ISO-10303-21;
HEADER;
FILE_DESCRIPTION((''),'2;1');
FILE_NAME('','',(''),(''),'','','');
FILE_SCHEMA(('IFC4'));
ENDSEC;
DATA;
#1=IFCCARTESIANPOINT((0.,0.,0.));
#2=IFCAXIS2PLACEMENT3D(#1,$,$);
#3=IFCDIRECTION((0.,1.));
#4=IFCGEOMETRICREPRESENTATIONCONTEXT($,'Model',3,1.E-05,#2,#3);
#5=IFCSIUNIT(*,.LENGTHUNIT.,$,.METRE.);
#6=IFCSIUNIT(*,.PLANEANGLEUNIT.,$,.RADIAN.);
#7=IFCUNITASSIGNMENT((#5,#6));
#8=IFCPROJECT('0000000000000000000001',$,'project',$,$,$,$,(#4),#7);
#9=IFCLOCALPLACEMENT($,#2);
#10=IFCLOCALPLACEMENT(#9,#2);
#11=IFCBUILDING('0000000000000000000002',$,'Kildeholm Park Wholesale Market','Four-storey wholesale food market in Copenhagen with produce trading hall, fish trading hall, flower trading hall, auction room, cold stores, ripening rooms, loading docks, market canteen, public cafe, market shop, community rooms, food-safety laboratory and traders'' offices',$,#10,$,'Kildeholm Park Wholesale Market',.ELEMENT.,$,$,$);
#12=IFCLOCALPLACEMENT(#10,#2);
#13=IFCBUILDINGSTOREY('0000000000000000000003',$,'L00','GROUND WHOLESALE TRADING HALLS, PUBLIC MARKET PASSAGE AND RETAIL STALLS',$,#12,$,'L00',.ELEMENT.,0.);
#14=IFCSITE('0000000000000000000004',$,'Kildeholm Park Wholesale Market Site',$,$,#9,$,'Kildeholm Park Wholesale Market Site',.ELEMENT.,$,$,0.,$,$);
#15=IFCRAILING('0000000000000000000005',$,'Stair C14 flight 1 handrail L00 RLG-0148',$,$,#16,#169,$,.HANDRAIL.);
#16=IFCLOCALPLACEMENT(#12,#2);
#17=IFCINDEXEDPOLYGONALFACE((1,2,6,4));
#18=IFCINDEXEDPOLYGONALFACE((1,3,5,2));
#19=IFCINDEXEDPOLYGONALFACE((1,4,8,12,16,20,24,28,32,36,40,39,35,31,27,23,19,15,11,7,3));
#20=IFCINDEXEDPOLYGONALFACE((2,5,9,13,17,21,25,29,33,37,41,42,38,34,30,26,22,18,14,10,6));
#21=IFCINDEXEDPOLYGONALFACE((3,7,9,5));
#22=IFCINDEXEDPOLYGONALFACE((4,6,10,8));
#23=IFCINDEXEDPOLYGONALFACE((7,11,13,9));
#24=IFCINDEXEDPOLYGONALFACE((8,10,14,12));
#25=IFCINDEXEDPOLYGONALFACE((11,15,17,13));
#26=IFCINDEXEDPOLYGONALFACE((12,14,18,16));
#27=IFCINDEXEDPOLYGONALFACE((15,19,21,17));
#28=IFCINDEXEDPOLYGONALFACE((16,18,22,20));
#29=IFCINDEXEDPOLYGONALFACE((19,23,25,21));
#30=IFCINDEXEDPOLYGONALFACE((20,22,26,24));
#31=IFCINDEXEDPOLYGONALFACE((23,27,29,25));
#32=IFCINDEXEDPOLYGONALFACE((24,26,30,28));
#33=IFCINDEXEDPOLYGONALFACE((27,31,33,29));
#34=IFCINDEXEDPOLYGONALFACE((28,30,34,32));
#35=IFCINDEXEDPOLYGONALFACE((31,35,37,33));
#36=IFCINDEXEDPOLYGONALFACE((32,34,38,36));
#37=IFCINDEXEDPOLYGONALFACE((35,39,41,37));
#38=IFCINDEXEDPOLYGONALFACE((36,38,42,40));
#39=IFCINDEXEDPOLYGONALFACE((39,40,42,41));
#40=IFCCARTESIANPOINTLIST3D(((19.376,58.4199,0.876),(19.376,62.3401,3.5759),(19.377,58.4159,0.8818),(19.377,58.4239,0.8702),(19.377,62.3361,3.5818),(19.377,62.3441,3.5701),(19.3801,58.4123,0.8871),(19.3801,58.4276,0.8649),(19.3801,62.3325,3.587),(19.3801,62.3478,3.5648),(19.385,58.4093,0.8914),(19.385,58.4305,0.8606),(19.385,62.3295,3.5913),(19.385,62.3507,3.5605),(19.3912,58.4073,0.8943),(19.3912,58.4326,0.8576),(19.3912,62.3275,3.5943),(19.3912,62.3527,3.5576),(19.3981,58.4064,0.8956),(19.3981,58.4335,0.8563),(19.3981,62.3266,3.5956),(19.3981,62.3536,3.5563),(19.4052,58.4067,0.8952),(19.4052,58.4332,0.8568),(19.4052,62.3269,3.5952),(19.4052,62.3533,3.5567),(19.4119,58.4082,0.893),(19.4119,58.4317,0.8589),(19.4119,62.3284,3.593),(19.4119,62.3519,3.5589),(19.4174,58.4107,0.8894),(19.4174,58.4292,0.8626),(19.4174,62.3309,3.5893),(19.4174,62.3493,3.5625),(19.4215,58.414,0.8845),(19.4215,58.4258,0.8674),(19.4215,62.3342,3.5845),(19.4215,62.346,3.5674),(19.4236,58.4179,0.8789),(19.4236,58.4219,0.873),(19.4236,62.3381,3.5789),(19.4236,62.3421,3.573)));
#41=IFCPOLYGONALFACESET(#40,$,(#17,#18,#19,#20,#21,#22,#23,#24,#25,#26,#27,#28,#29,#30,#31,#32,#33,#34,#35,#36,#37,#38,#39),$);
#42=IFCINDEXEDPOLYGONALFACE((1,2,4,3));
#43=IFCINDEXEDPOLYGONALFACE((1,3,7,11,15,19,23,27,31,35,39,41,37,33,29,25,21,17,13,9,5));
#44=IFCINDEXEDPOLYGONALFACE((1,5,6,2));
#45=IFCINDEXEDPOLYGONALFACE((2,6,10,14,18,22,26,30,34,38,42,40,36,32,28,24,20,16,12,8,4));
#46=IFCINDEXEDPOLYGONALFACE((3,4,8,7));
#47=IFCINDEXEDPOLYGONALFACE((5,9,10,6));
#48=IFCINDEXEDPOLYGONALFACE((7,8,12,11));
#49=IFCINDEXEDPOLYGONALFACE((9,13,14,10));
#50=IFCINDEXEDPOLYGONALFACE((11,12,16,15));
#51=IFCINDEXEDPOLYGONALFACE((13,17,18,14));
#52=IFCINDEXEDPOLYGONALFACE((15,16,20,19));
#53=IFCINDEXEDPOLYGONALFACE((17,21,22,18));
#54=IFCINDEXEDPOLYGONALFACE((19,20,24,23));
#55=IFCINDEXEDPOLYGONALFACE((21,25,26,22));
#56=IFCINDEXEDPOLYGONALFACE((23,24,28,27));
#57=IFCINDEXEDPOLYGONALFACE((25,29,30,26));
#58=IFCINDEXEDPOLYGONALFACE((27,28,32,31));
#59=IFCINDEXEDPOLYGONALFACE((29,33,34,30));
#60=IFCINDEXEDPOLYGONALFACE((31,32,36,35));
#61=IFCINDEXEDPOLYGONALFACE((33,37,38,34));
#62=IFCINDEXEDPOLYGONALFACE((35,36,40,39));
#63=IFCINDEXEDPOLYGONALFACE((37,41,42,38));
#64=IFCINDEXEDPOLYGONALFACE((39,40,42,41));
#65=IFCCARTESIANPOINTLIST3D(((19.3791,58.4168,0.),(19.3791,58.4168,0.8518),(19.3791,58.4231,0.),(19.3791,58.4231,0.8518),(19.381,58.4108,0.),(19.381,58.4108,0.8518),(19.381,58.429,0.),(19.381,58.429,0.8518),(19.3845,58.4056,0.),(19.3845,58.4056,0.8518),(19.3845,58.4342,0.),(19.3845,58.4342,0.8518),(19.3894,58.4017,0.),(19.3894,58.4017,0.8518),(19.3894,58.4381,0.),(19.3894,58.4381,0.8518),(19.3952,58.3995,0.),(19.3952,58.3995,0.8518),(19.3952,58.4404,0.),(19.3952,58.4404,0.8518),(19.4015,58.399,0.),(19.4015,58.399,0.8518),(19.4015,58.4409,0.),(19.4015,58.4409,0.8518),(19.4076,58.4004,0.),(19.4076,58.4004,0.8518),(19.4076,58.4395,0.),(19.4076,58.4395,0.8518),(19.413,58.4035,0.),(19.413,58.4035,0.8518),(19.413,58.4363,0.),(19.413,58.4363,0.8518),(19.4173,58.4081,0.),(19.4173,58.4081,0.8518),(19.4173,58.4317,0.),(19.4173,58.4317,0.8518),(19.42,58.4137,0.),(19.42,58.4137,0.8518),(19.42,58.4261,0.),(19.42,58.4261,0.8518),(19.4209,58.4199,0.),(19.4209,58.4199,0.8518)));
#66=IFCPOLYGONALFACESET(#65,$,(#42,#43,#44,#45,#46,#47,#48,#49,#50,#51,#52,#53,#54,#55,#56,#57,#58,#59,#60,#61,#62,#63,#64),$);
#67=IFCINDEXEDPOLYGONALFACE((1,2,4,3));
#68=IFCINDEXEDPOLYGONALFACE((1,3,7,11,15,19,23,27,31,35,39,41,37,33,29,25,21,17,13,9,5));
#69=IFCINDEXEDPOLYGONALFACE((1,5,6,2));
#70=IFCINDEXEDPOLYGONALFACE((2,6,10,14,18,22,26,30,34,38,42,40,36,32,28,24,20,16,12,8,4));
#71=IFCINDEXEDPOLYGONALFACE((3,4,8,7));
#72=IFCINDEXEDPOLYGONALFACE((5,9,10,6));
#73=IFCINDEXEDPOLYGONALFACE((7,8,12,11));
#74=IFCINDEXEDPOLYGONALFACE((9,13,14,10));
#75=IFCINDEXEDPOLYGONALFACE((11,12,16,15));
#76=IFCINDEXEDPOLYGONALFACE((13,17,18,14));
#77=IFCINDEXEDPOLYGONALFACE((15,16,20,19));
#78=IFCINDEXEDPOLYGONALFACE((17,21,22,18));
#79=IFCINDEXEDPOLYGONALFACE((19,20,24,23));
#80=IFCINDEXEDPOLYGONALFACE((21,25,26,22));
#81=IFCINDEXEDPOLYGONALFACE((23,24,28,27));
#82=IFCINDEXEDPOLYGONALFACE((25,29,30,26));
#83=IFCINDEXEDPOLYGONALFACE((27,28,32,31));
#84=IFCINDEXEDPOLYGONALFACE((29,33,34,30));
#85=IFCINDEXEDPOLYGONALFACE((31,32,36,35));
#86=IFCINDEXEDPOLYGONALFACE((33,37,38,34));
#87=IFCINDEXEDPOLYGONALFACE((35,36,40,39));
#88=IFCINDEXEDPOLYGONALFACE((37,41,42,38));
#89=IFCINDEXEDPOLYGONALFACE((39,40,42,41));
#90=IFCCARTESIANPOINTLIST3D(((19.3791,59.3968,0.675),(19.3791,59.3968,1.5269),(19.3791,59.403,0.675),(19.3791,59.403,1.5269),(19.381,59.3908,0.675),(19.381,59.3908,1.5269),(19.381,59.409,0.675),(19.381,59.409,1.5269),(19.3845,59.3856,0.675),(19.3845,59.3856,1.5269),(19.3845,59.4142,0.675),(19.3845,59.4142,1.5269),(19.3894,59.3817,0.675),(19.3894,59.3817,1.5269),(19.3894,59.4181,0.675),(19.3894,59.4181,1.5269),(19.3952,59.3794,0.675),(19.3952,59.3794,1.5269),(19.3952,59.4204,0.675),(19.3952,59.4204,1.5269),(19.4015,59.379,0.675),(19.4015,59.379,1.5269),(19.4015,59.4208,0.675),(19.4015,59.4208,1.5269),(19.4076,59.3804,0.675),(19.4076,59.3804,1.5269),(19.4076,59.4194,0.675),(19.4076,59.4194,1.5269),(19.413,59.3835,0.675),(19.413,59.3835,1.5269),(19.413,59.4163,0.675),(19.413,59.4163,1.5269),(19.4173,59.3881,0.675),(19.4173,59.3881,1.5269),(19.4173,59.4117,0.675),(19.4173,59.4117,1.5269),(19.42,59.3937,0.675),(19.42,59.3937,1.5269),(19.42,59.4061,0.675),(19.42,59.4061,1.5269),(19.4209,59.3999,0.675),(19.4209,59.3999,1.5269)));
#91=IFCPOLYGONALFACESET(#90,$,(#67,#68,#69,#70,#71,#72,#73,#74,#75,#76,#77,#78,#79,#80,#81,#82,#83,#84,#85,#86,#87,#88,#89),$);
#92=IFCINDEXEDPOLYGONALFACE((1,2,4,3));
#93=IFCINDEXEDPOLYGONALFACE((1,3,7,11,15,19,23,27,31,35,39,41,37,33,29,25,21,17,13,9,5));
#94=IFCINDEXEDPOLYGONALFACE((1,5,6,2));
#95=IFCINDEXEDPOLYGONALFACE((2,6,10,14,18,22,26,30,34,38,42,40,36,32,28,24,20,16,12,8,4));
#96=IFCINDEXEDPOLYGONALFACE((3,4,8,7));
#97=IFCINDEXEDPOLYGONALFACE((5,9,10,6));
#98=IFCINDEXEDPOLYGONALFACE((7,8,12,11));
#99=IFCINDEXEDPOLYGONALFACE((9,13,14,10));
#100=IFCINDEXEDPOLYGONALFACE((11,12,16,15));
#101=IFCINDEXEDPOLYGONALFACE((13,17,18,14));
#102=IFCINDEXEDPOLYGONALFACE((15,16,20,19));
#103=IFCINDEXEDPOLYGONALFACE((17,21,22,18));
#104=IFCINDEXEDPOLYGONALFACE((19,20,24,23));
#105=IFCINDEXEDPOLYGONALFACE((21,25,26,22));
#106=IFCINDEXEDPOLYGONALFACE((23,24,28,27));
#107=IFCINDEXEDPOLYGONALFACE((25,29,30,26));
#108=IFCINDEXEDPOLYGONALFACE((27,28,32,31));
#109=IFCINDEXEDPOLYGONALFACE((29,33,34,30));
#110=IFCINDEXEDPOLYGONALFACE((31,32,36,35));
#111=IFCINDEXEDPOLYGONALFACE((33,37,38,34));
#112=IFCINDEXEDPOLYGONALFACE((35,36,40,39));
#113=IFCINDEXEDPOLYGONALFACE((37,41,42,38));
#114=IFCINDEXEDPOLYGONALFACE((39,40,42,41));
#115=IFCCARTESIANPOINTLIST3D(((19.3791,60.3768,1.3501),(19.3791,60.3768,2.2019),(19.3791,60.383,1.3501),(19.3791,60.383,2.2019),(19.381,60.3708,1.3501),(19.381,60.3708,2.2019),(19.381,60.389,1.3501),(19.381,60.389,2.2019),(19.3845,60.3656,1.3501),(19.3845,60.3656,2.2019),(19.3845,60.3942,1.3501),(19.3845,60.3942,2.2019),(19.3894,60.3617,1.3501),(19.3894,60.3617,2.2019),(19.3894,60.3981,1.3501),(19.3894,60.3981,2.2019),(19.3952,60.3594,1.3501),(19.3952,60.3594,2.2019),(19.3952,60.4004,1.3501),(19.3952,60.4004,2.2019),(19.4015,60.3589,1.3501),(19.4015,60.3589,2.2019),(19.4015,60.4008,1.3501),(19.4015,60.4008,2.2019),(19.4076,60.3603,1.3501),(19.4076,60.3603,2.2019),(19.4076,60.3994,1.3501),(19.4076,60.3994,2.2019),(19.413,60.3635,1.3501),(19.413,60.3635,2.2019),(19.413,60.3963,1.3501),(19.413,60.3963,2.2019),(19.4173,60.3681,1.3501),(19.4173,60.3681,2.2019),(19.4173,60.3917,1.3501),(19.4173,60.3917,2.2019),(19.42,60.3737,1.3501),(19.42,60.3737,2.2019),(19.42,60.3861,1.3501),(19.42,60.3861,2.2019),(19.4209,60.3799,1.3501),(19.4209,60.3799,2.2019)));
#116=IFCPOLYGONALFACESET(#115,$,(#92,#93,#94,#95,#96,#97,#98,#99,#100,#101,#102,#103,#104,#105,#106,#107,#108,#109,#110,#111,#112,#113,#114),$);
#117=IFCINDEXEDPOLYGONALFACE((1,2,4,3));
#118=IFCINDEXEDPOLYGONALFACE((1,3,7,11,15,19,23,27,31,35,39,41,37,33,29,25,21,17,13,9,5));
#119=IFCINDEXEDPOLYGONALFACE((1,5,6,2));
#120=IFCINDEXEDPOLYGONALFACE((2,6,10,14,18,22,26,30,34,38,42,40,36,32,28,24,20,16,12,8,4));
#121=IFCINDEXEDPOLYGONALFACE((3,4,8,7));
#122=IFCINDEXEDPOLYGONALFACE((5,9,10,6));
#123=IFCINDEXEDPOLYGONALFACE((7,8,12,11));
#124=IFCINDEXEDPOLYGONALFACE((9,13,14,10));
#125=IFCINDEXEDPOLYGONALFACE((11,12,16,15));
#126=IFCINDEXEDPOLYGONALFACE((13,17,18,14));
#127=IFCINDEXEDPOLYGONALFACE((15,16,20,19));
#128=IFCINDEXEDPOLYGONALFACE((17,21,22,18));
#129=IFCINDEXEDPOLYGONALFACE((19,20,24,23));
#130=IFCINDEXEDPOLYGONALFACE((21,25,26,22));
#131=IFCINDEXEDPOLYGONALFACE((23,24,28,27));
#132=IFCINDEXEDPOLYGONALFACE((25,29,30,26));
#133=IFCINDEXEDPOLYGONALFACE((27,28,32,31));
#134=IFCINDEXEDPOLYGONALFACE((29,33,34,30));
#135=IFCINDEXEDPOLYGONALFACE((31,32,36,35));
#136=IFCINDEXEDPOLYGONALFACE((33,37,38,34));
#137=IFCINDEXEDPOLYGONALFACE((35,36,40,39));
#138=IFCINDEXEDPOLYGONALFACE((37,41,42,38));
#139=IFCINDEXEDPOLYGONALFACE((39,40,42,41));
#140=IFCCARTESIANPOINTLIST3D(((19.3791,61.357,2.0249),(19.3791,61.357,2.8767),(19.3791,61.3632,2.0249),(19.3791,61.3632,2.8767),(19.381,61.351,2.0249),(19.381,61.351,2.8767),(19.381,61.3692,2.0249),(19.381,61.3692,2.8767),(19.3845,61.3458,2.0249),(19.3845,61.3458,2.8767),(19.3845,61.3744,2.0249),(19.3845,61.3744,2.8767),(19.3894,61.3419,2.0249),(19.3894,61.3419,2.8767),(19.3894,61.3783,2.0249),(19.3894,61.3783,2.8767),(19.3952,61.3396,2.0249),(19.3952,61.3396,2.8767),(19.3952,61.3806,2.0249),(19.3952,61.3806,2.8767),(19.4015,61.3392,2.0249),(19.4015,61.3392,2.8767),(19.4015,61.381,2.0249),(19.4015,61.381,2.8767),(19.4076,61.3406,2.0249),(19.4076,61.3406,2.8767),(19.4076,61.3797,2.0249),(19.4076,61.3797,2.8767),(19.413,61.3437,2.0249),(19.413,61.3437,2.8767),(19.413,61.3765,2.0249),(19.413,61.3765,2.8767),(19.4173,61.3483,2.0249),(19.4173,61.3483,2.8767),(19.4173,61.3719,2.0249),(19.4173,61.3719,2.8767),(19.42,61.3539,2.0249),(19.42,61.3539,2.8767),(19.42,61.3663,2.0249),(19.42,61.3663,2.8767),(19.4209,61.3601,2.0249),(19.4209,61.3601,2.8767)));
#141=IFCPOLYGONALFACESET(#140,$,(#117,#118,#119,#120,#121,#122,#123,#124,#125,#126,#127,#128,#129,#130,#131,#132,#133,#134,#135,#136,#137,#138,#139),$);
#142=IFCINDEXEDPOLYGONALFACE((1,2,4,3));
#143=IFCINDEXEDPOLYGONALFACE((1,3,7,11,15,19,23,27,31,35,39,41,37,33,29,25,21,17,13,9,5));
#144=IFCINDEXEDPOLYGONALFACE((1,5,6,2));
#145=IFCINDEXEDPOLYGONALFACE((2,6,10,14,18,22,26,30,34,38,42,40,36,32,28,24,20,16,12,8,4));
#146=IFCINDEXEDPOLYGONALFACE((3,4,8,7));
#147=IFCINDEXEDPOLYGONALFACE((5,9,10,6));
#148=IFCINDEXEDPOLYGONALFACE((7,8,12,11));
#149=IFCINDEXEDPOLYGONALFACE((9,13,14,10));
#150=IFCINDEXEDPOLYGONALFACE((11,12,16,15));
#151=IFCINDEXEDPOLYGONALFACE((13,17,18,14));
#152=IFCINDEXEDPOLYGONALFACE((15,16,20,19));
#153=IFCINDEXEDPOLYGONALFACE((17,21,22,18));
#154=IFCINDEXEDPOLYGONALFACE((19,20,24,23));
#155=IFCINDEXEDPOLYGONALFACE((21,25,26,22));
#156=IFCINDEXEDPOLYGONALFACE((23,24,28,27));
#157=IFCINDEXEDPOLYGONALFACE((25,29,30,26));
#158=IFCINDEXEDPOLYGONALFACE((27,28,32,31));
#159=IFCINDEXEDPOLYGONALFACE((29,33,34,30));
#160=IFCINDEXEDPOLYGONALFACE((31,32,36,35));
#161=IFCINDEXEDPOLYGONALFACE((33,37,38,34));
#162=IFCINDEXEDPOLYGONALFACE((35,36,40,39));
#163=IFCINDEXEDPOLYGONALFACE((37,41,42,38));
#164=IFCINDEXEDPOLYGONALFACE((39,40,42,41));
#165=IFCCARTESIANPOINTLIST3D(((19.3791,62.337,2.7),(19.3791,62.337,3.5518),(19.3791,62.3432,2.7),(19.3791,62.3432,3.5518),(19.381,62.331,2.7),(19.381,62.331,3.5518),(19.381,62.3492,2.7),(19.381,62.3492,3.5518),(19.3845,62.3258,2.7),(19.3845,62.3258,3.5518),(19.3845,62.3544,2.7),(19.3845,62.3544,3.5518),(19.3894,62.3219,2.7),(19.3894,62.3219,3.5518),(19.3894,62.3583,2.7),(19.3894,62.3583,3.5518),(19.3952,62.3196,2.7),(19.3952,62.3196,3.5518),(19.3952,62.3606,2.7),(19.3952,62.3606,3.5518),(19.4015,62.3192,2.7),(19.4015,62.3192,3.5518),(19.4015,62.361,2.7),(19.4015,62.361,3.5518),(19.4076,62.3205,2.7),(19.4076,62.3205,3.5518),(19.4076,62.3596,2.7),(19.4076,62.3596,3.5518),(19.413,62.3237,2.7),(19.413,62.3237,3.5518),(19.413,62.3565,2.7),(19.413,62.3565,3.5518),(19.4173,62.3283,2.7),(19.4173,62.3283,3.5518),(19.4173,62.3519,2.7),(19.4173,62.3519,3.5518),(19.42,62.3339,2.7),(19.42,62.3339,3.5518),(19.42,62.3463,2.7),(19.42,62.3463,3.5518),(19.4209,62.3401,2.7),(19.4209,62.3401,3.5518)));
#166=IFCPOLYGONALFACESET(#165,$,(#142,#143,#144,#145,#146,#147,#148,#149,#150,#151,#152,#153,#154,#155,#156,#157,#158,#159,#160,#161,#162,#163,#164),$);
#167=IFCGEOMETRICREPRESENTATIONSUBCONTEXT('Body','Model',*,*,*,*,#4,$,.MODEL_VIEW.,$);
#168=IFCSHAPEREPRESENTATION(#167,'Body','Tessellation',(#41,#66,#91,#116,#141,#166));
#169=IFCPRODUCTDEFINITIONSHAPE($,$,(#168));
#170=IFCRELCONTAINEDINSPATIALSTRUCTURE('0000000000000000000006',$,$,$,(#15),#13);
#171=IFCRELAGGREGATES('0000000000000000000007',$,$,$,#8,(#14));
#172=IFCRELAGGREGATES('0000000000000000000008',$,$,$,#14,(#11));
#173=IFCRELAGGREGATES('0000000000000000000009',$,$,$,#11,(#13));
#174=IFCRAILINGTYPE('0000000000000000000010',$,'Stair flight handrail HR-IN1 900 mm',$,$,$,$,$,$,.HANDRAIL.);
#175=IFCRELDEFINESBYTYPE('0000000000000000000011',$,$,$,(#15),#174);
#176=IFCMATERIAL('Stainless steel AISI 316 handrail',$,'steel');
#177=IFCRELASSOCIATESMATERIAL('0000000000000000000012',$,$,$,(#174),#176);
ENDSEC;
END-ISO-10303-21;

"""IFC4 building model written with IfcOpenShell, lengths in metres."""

from ifc_helpers import new_model, si_unit, direction, frame, origin, origin_2d, place, context, subcontext, project, spatial, circle, extrude, material, type_object, element, save


model = new_model("IFC4")

# Units and contexts
model_context = context("Model", 3, precision=1e-05, world=origin(), true_north=direction((0.0, 1.0)))
body_context = subcontext(model_context, "Body", "Model", "MODEL_VIEW")
ifc_project = project(units=[si_unit("LENGTHUNIT", "METRE"), si_unit("PLANEANGLEUNIT", "RADIAN")], contexts=[model_context])

# Site, building, storey
site_placement = place(None, origin())
site = spatial("IfcSite", under=ifc_project, at=site_placement, Name="Kildeholm Park Wholesale Market Site", LongName="Kildeholm Park Wholesale Market Site", CompositionType="ELEMENT", RefElevation=0.0)
building_placement = place(site_placement, origin())
building = spatial("IfcBuilding", under=site, at=building_placement, Name="Kildeholm Park Wholesale Market", Description="Four-storey wholesale food market in Copenhagen with produce trading hall, fish trading hall, flower trading hall, auction room, cold stores, ripening rooms, loading docks, market canteen, public cafe, market shop, community rooms, food-safety laboratory and traders' offices", LongName="Kildeholm Park Wholesale Market", CompositionType="ELEMENT")
storey_placement = place(building_placement, origin())
storey = spatial("IfcBuildingStorey", under=building, at=storey_placement, Name="L00", Description="GROUND WHOLESALE TRADING HALLS, PUBLIC MARKET PASSAGE AND RETAIL STALLS", LongName="L00", CompositionType="ELEMENT", Elevation=0.0)

# Railing
ifc_material_1 = material(Name="Stainless steel AISI 316 handrail", Category="steel")
railing_type_1 = type_object("IfcRailingType", Name="Stair flight handrail HR-IN1 900 mm", PredefinedType="HANDRAIL", material=ifc_material_1)
railing_1_placement = place(storey_placement, frame((19.3999, 58.4199, 0.0)))
element("IfcRailing", 1, at=railing_1_placement, inside=storey, type_object=railing_type_1, Name="Stair C14 flight 1 handrail L00 RLG-0148", PredefinedType="HANDRAIL", context=body_context, shape_type="SweptSolid", body=[
    extrude(circle(Radius=0.0239, at=origin_2d()), frame((0.0, 0.0, 0.876), z_axis=(0.0, 0.823567, 0.567219), x_axis=(-1.0, 0.0, 0.0)), (0.0, 0.0, 1.0), 4.76),
    extrude(circle(Radius=0.021, at=origin_2d()), origin(), (0.0, 0.0, 1.0), 0.8518),
    extrude(circle(Radius=0.021, at=origin_2d()), frame((0.0, 0.98, 0.675)), (0.0, 0.0, 1.0), 0.8518),
    extrude(circle(Radius=0.021, at=origin_2d()), frame((0.0, 1.96, 1.3501)), (0.0, 0.0, 1.0), 0.8518),
    extrude(circle(Radius=0.021, at=origin_2d()), frame((0.0, 2.9402, 2.0249)), (0.0, 0.0, 1.0), 0.8518),
    extrude(circle(Radius=0.021, at=origin_2d()), frame((0.0, 3.9202, 2.7)), (0.0, 0.0, 1.0), 0.8518),
])

save(model, "model.ifc")
